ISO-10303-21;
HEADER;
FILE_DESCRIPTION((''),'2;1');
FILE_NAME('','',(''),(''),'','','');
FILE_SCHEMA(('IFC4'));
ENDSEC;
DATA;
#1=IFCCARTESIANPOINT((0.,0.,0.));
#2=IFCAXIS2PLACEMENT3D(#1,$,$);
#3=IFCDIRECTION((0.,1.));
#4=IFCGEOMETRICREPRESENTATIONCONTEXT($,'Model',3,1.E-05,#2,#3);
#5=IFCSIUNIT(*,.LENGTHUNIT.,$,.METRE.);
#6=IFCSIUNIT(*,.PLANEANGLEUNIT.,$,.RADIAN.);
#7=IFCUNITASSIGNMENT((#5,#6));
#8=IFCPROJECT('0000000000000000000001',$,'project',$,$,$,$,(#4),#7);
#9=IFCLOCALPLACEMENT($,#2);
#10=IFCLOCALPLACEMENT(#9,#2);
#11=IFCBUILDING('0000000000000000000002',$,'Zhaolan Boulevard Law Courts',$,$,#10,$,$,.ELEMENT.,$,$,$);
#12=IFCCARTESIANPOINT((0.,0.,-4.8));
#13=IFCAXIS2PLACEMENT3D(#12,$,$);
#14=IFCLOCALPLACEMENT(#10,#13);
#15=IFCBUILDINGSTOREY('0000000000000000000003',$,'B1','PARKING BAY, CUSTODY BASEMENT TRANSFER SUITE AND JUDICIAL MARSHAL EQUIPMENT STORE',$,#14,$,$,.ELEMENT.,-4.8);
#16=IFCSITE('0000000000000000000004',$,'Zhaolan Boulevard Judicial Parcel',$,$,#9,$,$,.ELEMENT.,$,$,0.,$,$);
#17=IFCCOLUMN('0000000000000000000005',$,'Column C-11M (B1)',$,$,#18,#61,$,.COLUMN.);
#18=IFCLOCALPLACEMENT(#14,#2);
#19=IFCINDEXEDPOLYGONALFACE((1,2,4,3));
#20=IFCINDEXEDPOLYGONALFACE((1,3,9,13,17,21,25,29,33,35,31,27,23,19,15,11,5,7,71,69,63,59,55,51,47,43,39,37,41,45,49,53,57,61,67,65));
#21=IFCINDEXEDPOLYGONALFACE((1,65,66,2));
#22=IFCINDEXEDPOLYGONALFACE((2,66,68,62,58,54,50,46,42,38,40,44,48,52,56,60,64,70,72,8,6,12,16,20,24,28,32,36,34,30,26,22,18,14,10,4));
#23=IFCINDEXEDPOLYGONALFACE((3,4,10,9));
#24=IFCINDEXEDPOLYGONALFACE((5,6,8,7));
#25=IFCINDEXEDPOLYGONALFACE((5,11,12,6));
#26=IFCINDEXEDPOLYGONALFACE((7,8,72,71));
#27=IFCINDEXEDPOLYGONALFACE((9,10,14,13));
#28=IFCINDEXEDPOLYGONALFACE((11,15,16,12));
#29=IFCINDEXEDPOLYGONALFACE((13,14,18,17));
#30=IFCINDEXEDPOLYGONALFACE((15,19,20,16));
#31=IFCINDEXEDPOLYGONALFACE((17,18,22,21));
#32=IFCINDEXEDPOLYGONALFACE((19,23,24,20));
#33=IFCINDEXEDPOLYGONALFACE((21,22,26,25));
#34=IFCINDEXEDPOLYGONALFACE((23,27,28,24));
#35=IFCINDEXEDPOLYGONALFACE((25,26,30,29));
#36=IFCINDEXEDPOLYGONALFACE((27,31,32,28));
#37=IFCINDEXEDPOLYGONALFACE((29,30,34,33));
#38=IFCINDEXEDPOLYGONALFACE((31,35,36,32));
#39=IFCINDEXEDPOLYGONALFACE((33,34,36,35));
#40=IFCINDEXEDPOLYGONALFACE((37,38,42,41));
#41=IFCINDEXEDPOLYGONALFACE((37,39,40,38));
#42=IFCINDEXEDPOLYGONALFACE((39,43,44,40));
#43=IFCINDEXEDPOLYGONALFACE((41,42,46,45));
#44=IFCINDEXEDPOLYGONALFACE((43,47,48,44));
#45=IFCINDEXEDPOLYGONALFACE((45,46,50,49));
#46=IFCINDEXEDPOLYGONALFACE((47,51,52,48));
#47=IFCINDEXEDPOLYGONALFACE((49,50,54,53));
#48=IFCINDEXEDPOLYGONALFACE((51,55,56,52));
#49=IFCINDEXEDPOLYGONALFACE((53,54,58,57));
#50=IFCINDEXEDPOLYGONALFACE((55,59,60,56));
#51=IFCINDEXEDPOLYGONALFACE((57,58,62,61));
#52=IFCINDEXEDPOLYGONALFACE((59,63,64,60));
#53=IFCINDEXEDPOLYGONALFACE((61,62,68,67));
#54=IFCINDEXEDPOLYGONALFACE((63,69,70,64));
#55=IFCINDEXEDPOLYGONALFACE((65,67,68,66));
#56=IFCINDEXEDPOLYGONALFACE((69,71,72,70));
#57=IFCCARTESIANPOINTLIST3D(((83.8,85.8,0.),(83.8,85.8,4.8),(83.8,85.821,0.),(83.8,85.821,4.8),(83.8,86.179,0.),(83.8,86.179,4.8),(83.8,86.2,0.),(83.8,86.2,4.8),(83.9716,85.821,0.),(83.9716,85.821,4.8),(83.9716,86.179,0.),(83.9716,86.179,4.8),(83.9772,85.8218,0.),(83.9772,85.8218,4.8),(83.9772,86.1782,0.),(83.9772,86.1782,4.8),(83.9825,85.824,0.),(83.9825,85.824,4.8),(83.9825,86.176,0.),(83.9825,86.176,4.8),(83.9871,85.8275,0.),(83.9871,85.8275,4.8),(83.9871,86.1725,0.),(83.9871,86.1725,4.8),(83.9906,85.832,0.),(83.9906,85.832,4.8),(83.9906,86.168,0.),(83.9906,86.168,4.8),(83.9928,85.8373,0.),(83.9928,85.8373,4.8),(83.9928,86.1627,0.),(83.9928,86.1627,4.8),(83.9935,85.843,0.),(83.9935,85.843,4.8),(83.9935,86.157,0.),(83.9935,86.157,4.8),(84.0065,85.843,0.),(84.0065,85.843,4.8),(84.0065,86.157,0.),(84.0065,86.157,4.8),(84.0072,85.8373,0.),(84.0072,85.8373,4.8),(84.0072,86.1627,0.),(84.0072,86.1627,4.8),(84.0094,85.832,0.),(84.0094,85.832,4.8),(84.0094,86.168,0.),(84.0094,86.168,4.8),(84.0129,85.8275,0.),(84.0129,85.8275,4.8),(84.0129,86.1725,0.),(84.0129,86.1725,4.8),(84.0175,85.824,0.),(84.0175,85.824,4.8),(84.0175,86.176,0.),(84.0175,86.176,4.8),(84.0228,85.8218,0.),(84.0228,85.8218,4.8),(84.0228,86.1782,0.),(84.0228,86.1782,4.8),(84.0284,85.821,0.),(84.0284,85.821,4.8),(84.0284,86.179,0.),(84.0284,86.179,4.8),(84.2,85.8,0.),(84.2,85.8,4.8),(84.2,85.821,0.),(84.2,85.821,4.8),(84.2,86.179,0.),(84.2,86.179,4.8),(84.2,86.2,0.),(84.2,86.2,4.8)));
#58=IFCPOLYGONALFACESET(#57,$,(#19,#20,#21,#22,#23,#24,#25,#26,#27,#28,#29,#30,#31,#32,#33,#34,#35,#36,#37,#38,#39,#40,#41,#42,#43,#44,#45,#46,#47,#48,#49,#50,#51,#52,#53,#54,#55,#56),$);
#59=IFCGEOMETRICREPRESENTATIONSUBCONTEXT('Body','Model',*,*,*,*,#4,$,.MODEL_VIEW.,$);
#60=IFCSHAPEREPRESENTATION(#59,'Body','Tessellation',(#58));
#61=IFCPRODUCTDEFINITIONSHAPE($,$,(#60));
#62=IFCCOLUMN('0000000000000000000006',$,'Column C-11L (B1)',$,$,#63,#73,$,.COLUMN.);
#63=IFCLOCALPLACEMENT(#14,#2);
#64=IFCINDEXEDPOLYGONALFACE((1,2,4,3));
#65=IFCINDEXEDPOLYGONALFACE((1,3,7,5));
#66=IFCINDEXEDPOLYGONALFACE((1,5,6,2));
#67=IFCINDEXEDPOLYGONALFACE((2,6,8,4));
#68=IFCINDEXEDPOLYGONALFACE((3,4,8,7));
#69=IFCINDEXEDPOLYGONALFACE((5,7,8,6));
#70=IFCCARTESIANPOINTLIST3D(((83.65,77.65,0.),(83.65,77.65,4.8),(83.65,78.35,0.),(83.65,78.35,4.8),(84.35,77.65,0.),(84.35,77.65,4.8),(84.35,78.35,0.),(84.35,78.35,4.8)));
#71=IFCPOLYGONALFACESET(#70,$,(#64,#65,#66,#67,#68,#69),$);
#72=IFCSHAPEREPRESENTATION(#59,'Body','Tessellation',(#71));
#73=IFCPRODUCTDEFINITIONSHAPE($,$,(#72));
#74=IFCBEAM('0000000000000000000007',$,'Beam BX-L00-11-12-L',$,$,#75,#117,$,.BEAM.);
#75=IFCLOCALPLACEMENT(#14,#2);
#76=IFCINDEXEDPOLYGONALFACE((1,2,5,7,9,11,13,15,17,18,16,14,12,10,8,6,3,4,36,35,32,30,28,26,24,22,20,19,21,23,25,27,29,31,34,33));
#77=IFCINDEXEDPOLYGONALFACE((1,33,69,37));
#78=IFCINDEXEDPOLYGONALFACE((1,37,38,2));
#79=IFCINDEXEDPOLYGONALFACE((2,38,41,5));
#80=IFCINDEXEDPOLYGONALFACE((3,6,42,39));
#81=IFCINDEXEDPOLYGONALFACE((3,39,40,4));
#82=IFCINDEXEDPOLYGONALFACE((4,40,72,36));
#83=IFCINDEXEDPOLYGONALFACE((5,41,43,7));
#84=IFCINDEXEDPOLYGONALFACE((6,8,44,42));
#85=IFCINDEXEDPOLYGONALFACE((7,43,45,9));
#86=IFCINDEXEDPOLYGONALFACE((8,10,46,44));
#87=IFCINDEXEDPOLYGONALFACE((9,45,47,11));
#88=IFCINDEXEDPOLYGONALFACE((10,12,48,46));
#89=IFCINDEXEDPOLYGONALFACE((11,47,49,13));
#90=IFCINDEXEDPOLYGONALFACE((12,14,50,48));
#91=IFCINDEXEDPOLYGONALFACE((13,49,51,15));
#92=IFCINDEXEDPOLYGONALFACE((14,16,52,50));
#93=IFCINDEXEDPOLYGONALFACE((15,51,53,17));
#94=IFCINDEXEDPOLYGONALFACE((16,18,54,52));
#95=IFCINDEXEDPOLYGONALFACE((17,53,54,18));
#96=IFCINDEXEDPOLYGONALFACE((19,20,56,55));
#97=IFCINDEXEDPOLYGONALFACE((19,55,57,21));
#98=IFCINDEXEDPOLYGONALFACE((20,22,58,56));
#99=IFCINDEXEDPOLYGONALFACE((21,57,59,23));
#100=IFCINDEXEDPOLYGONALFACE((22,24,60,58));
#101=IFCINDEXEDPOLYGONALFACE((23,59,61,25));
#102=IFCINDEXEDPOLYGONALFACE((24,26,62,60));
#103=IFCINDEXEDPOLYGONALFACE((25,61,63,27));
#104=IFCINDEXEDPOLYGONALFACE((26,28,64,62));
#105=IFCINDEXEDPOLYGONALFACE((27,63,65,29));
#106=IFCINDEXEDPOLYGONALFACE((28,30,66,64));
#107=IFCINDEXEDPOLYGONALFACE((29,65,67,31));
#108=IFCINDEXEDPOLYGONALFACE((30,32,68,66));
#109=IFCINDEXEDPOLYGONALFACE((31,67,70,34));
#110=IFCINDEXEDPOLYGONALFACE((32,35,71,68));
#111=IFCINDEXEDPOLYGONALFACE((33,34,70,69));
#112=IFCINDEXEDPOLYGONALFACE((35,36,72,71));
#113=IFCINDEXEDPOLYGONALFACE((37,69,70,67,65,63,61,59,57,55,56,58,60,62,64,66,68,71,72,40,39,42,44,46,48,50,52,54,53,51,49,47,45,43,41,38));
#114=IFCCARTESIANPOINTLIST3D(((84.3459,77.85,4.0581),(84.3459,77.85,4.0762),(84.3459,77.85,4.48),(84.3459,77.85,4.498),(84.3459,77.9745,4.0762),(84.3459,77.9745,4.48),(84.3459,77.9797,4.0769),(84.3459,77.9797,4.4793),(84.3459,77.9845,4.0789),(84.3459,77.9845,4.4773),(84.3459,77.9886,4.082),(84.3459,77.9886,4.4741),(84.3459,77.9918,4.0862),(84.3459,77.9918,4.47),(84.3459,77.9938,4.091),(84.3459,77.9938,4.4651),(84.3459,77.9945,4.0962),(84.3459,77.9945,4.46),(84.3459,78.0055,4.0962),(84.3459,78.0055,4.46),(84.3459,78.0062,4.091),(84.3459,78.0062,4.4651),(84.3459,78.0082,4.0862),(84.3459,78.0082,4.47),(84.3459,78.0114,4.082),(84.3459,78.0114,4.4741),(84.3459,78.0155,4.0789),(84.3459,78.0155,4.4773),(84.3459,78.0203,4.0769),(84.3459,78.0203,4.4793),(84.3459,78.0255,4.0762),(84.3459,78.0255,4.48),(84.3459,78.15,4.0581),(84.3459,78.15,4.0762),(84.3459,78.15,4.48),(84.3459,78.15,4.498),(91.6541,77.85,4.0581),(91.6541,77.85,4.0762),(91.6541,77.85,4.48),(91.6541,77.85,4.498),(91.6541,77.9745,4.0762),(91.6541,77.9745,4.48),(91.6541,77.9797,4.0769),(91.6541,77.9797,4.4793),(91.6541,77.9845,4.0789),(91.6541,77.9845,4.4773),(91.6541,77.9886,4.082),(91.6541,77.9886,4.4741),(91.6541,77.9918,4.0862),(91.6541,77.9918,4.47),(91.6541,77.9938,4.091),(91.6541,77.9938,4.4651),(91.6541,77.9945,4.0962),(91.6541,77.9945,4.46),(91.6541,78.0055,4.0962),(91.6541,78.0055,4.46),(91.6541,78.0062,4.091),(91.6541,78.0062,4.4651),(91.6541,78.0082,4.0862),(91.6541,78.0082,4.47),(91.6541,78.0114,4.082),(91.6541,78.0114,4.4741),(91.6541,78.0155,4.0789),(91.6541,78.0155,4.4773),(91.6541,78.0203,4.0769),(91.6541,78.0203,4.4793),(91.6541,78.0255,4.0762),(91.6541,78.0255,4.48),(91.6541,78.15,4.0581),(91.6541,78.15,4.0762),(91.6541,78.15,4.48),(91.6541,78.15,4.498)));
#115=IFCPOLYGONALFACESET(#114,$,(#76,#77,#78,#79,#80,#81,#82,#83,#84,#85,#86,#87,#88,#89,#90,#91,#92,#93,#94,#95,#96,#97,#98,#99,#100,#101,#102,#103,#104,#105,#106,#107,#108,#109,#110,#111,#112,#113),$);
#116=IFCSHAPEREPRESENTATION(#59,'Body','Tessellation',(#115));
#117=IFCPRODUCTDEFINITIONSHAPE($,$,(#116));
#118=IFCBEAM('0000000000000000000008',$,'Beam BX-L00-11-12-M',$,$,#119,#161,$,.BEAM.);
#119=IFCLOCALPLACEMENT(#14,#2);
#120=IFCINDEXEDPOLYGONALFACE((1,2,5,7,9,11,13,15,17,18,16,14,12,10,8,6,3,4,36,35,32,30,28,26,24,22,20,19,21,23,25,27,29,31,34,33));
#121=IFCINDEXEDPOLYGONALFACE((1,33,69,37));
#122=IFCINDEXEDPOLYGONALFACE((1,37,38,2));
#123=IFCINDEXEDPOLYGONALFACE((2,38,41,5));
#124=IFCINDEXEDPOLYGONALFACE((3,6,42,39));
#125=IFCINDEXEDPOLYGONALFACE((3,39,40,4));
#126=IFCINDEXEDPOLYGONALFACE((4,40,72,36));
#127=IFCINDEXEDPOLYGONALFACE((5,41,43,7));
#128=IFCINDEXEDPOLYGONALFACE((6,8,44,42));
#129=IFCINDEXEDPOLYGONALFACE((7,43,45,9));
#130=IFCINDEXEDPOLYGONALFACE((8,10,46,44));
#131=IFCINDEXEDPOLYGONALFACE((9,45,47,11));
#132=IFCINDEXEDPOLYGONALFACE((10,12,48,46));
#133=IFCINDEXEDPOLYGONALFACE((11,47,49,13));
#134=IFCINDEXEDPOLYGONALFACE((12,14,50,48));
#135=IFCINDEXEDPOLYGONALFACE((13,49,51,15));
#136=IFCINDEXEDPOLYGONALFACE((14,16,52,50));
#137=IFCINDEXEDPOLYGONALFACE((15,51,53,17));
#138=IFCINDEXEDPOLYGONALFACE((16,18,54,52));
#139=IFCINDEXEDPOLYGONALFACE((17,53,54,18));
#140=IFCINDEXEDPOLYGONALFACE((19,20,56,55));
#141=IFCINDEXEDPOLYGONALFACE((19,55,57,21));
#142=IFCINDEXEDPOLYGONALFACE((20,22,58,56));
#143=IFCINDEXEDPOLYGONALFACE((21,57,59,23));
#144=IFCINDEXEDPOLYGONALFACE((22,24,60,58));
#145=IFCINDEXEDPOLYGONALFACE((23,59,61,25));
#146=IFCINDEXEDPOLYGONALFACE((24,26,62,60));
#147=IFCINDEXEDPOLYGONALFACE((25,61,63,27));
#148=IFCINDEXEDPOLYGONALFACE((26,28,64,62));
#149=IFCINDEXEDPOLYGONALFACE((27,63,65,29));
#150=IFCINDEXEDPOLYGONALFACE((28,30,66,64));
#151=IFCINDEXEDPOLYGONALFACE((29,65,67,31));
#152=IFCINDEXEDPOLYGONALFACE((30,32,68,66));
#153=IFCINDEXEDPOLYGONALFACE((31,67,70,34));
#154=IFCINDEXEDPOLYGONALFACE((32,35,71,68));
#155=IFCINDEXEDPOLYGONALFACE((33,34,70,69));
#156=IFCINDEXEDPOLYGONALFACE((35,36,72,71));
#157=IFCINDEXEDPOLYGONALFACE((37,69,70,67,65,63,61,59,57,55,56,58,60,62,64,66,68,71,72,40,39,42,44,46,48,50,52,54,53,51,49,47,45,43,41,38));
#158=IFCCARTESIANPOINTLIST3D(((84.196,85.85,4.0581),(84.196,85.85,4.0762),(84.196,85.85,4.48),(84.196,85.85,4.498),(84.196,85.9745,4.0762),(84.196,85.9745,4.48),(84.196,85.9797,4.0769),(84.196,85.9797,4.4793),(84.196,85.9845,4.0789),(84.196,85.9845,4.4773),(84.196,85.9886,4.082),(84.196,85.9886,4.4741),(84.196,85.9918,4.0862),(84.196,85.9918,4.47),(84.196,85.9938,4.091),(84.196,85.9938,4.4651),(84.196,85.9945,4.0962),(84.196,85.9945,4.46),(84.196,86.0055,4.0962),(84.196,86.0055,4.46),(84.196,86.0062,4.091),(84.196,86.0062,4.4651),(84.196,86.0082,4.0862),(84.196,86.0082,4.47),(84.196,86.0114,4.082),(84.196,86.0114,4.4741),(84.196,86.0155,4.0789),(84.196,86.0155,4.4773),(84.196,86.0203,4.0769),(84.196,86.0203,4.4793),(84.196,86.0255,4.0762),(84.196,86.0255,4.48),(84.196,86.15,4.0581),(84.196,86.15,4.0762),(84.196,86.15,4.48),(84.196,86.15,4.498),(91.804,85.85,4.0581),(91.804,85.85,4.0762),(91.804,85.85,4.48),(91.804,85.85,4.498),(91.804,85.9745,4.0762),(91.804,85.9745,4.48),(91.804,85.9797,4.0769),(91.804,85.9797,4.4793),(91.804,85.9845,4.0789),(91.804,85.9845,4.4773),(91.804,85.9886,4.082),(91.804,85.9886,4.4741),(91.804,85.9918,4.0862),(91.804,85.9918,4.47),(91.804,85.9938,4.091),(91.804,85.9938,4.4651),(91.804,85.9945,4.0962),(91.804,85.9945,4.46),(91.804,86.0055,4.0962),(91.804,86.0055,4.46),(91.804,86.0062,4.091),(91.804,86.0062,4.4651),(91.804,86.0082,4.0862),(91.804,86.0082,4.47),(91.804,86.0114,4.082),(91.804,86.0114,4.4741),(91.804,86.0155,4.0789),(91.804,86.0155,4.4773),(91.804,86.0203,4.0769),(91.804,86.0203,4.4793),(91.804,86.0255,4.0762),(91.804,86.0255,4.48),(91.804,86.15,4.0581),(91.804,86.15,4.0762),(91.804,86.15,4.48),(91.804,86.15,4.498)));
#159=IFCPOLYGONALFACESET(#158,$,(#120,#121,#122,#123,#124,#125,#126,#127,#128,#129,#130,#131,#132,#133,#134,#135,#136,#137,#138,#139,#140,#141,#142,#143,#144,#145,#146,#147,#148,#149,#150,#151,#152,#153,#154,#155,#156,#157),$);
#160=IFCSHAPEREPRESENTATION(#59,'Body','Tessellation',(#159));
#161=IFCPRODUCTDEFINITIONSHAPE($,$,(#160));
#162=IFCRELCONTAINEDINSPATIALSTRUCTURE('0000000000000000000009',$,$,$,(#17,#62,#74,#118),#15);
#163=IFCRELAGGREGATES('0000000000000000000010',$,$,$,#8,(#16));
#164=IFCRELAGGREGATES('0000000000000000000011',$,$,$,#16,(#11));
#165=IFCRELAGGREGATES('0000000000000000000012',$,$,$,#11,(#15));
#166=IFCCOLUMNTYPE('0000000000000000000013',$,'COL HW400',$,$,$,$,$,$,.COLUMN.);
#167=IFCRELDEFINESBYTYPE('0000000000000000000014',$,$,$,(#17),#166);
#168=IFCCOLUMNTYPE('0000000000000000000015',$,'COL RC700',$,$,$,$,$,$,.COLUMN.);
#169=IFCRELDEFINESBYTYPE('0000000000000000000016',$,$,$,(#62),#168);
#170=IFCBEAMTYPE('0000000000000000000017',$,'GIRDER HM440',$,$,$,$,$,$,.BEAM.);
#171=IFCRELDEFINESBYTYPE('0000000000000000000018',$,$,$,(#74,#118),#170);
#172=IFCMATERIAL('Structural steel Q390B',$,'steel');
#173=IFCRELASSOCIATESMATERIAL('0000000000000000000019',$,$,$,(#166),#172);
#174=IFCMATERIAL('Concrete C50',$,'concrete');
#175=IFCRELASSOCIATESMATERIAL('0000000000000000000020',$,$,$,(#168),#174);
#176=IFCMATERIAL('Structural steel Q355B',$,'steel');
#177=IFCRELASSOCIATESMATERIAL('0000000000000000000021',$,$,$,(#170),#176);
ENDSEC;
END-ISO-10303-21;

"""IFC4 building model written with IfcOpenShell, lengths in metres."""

from ifc_helpers import new_model, si_unit, direction, frame, origin, origin_2d, place, context, subcontext, project, spatial, rectangle, i_section, extrude, material, material_profile, profile_set, type_object, element, save


model = new_model("IFC4")

# Units and contexts
model_context = context("Model", 3, precision=1e-05, world=origin(), true_north=direction((0.0, 1.0)))
body_context = subcontext(model_context, "Body", "Model", "MODEL_VIEW")
ifc_project = project(units=[si_unit("LENGTHUNIT", "METRE"), si_unit("PLANEANGLEUNIT", "RADIAN")], contexts=[model_context])

# Site, building, storey
site_placement = place(None, origin())
site = spatial("IfcSite", under=ifc_project, at=site_placement, Name="Zhaolan Boulevard Judicial Parcel", CompositionType="ELEMENT", RefElevation=0.0)
building_placement = place(site_placement, origin())
building = spatial("IfcBuilding", under=site, at=building_placement, Name="Zhaolan Boulevard Law Courts", CompositionType="ELEMENT")
storey_placement = place(building_placement, frame((0.0, 0.0, -4.8)))
storey = spatial("IfcBuildingStorey", under=building, at=storey_placement, Name="B1", Description="PARKING BAY, CUSTODY BASEMENT TRANSFER SUITE AND JUDICIAL MARSHAL EQUIPMENT STORE", CompositionType="ELEMENT", Elevation=-4.8)

# Columns
ifc_material_1 = material(Name="Structural steel Q390B", Category="steel")
ifc_material_profile_1 = material_profile(ifc_material_1, i_section(OverallWidth=0.3999, OverallDepth=0.3999, WebThickness=0.0129, FlangeThickness=0.021, FilletRadius=0.022, at=origin_2d()), Name="HW400x400")
ifc_profile_set_1 = profile_set([ifc_material_profile_1], Name="Structural steel Q390B")
column_type_1 = type_object("IfcColumnType", Name="COL HW400", PredefinedType="COLUMN", material=ifc_profile_set_1)
column_1_placement = place(storey_placement, frame((84.0, 86.0, 0.0), z_axis=(0.0, 0.0, 1.0), x_axis=(1.0, 0.0, 0.0)))
element("IfcColumn", 1, at=column_1_placement, inside=storey, type_object=column_type_1, Name="Column C-11M (B1)", PredefinedType="COLUMN", context=body_context, shape_type="SweptSolid", body=[
    extrude(i_section(OverallWidth=0.3999, OverallDepth=0.3999, WebThickness=0.0129, FlangeThickness=0.021, FilletRadius=0.022, at=origin_2d()), origin(), (0.0, 0.0, 1.0), 4.8),
])
ifc_material_2 = material(Name="Concrete C50", Category="concrete")
ifc_material_profile_2 = material_profile(ifc_material_2, rectangle(XDim=0.7, YDim=0.7, at=origin_2d()), Name="RC700x700")
ifc_profile_set_2 = profile_set([ifc_material_profile_2], Name="Concrete C50")
column_type_2 = type_object("IfcColumnType", Name="COL RC700", PredefinedType="COLUMN", material=ifc_profile_set_2)
column_2_placement = place(storey_placement, frame((84.0, 78.0, 0.0), z_axis=(0.0, 0.0, 1.0), x_axis=(1.0, 0.0, 0.0)))
element("IfcColumn", 2, at=column_2_placement, inside=storey, type_object=column_type_2, Name="Column C-11L (B1)", PredefinedType="COLUMN", context=body_context, shape_type="SweptSolid", body=[
    extrude(rectangle(XDim=0.7, YDim=0.7, at=origin_2d()), origin(), (0.0, 0.0, 1.0), 4.8),
])

# Beams
ifc_material_3 = material(Name="Structural steel Q355B", Category="steel")
ifc_material_profile_3 = material_profile(ifc_material_3, i_section(OverallWidth=0.3, OverallDepth=0.4399, WebThickness=0.011, FlangeThickness=0.0181, FilletRadius=0.02, at=origin_2d()), Name="HM440x300")
ifc_profile_set_3 = profile_set([ifc_material_profile_3], Name="Structural steel Q355B")
beam_type_1 = type_object("IfcBeamType", Name="GIRDER HM440", PredefinedType="BEAM", material=ifc_profile_set_3)
beam_1_placement = place(storey_placement, frame((84.3459, 78.0, 4.2781), z_axis=(1.0, 0.0, 0.0), x_axis=(0.0, 1.0, 0.0)))
element("IfcBeam", 3, at=beam_1_placement, inside=storey, type_object=beam_type_1, Name="Beam BX-L00-11-12-L", PredefinedType="BEAM", context=body_context, shape_type="SweptSolid", body=[
    extrude(i_section(OverallWidth=0.3, OverallDepth=0.4399, WebThickness=0.011, FlangeThickness=0.0181, FilletRadius=0.02, at=origin_2d()), origin(), (0.0, 0.0, 1.0), 7.3081),
])
beam_2_placement = place(storey_placement, frame((84.196, 86.0, 4.2781), z_axis=(1.0, 0.0, 0.0), x_axis=(0.0, 1.0, 0.0)))
element("IfcBeam", 4, at=beam_2_placement, inside=storey, type_object=beam_type_1, Name="Beam BX-L00-11-12-M", PredefinedType="BEAM", context=body_context, shape_type="SweptSolid", body=[
    extrude(i_section(OverallWidth=0.3, OverallDepth=0.4399, WebThickness=0.011, FlangeThickness=0.0181, FilletRadius=0.02, at=origin_2d()), origin(), (0.0, 0.0, 1.0), 7.6079),
])

save(model, "model.ifc")
